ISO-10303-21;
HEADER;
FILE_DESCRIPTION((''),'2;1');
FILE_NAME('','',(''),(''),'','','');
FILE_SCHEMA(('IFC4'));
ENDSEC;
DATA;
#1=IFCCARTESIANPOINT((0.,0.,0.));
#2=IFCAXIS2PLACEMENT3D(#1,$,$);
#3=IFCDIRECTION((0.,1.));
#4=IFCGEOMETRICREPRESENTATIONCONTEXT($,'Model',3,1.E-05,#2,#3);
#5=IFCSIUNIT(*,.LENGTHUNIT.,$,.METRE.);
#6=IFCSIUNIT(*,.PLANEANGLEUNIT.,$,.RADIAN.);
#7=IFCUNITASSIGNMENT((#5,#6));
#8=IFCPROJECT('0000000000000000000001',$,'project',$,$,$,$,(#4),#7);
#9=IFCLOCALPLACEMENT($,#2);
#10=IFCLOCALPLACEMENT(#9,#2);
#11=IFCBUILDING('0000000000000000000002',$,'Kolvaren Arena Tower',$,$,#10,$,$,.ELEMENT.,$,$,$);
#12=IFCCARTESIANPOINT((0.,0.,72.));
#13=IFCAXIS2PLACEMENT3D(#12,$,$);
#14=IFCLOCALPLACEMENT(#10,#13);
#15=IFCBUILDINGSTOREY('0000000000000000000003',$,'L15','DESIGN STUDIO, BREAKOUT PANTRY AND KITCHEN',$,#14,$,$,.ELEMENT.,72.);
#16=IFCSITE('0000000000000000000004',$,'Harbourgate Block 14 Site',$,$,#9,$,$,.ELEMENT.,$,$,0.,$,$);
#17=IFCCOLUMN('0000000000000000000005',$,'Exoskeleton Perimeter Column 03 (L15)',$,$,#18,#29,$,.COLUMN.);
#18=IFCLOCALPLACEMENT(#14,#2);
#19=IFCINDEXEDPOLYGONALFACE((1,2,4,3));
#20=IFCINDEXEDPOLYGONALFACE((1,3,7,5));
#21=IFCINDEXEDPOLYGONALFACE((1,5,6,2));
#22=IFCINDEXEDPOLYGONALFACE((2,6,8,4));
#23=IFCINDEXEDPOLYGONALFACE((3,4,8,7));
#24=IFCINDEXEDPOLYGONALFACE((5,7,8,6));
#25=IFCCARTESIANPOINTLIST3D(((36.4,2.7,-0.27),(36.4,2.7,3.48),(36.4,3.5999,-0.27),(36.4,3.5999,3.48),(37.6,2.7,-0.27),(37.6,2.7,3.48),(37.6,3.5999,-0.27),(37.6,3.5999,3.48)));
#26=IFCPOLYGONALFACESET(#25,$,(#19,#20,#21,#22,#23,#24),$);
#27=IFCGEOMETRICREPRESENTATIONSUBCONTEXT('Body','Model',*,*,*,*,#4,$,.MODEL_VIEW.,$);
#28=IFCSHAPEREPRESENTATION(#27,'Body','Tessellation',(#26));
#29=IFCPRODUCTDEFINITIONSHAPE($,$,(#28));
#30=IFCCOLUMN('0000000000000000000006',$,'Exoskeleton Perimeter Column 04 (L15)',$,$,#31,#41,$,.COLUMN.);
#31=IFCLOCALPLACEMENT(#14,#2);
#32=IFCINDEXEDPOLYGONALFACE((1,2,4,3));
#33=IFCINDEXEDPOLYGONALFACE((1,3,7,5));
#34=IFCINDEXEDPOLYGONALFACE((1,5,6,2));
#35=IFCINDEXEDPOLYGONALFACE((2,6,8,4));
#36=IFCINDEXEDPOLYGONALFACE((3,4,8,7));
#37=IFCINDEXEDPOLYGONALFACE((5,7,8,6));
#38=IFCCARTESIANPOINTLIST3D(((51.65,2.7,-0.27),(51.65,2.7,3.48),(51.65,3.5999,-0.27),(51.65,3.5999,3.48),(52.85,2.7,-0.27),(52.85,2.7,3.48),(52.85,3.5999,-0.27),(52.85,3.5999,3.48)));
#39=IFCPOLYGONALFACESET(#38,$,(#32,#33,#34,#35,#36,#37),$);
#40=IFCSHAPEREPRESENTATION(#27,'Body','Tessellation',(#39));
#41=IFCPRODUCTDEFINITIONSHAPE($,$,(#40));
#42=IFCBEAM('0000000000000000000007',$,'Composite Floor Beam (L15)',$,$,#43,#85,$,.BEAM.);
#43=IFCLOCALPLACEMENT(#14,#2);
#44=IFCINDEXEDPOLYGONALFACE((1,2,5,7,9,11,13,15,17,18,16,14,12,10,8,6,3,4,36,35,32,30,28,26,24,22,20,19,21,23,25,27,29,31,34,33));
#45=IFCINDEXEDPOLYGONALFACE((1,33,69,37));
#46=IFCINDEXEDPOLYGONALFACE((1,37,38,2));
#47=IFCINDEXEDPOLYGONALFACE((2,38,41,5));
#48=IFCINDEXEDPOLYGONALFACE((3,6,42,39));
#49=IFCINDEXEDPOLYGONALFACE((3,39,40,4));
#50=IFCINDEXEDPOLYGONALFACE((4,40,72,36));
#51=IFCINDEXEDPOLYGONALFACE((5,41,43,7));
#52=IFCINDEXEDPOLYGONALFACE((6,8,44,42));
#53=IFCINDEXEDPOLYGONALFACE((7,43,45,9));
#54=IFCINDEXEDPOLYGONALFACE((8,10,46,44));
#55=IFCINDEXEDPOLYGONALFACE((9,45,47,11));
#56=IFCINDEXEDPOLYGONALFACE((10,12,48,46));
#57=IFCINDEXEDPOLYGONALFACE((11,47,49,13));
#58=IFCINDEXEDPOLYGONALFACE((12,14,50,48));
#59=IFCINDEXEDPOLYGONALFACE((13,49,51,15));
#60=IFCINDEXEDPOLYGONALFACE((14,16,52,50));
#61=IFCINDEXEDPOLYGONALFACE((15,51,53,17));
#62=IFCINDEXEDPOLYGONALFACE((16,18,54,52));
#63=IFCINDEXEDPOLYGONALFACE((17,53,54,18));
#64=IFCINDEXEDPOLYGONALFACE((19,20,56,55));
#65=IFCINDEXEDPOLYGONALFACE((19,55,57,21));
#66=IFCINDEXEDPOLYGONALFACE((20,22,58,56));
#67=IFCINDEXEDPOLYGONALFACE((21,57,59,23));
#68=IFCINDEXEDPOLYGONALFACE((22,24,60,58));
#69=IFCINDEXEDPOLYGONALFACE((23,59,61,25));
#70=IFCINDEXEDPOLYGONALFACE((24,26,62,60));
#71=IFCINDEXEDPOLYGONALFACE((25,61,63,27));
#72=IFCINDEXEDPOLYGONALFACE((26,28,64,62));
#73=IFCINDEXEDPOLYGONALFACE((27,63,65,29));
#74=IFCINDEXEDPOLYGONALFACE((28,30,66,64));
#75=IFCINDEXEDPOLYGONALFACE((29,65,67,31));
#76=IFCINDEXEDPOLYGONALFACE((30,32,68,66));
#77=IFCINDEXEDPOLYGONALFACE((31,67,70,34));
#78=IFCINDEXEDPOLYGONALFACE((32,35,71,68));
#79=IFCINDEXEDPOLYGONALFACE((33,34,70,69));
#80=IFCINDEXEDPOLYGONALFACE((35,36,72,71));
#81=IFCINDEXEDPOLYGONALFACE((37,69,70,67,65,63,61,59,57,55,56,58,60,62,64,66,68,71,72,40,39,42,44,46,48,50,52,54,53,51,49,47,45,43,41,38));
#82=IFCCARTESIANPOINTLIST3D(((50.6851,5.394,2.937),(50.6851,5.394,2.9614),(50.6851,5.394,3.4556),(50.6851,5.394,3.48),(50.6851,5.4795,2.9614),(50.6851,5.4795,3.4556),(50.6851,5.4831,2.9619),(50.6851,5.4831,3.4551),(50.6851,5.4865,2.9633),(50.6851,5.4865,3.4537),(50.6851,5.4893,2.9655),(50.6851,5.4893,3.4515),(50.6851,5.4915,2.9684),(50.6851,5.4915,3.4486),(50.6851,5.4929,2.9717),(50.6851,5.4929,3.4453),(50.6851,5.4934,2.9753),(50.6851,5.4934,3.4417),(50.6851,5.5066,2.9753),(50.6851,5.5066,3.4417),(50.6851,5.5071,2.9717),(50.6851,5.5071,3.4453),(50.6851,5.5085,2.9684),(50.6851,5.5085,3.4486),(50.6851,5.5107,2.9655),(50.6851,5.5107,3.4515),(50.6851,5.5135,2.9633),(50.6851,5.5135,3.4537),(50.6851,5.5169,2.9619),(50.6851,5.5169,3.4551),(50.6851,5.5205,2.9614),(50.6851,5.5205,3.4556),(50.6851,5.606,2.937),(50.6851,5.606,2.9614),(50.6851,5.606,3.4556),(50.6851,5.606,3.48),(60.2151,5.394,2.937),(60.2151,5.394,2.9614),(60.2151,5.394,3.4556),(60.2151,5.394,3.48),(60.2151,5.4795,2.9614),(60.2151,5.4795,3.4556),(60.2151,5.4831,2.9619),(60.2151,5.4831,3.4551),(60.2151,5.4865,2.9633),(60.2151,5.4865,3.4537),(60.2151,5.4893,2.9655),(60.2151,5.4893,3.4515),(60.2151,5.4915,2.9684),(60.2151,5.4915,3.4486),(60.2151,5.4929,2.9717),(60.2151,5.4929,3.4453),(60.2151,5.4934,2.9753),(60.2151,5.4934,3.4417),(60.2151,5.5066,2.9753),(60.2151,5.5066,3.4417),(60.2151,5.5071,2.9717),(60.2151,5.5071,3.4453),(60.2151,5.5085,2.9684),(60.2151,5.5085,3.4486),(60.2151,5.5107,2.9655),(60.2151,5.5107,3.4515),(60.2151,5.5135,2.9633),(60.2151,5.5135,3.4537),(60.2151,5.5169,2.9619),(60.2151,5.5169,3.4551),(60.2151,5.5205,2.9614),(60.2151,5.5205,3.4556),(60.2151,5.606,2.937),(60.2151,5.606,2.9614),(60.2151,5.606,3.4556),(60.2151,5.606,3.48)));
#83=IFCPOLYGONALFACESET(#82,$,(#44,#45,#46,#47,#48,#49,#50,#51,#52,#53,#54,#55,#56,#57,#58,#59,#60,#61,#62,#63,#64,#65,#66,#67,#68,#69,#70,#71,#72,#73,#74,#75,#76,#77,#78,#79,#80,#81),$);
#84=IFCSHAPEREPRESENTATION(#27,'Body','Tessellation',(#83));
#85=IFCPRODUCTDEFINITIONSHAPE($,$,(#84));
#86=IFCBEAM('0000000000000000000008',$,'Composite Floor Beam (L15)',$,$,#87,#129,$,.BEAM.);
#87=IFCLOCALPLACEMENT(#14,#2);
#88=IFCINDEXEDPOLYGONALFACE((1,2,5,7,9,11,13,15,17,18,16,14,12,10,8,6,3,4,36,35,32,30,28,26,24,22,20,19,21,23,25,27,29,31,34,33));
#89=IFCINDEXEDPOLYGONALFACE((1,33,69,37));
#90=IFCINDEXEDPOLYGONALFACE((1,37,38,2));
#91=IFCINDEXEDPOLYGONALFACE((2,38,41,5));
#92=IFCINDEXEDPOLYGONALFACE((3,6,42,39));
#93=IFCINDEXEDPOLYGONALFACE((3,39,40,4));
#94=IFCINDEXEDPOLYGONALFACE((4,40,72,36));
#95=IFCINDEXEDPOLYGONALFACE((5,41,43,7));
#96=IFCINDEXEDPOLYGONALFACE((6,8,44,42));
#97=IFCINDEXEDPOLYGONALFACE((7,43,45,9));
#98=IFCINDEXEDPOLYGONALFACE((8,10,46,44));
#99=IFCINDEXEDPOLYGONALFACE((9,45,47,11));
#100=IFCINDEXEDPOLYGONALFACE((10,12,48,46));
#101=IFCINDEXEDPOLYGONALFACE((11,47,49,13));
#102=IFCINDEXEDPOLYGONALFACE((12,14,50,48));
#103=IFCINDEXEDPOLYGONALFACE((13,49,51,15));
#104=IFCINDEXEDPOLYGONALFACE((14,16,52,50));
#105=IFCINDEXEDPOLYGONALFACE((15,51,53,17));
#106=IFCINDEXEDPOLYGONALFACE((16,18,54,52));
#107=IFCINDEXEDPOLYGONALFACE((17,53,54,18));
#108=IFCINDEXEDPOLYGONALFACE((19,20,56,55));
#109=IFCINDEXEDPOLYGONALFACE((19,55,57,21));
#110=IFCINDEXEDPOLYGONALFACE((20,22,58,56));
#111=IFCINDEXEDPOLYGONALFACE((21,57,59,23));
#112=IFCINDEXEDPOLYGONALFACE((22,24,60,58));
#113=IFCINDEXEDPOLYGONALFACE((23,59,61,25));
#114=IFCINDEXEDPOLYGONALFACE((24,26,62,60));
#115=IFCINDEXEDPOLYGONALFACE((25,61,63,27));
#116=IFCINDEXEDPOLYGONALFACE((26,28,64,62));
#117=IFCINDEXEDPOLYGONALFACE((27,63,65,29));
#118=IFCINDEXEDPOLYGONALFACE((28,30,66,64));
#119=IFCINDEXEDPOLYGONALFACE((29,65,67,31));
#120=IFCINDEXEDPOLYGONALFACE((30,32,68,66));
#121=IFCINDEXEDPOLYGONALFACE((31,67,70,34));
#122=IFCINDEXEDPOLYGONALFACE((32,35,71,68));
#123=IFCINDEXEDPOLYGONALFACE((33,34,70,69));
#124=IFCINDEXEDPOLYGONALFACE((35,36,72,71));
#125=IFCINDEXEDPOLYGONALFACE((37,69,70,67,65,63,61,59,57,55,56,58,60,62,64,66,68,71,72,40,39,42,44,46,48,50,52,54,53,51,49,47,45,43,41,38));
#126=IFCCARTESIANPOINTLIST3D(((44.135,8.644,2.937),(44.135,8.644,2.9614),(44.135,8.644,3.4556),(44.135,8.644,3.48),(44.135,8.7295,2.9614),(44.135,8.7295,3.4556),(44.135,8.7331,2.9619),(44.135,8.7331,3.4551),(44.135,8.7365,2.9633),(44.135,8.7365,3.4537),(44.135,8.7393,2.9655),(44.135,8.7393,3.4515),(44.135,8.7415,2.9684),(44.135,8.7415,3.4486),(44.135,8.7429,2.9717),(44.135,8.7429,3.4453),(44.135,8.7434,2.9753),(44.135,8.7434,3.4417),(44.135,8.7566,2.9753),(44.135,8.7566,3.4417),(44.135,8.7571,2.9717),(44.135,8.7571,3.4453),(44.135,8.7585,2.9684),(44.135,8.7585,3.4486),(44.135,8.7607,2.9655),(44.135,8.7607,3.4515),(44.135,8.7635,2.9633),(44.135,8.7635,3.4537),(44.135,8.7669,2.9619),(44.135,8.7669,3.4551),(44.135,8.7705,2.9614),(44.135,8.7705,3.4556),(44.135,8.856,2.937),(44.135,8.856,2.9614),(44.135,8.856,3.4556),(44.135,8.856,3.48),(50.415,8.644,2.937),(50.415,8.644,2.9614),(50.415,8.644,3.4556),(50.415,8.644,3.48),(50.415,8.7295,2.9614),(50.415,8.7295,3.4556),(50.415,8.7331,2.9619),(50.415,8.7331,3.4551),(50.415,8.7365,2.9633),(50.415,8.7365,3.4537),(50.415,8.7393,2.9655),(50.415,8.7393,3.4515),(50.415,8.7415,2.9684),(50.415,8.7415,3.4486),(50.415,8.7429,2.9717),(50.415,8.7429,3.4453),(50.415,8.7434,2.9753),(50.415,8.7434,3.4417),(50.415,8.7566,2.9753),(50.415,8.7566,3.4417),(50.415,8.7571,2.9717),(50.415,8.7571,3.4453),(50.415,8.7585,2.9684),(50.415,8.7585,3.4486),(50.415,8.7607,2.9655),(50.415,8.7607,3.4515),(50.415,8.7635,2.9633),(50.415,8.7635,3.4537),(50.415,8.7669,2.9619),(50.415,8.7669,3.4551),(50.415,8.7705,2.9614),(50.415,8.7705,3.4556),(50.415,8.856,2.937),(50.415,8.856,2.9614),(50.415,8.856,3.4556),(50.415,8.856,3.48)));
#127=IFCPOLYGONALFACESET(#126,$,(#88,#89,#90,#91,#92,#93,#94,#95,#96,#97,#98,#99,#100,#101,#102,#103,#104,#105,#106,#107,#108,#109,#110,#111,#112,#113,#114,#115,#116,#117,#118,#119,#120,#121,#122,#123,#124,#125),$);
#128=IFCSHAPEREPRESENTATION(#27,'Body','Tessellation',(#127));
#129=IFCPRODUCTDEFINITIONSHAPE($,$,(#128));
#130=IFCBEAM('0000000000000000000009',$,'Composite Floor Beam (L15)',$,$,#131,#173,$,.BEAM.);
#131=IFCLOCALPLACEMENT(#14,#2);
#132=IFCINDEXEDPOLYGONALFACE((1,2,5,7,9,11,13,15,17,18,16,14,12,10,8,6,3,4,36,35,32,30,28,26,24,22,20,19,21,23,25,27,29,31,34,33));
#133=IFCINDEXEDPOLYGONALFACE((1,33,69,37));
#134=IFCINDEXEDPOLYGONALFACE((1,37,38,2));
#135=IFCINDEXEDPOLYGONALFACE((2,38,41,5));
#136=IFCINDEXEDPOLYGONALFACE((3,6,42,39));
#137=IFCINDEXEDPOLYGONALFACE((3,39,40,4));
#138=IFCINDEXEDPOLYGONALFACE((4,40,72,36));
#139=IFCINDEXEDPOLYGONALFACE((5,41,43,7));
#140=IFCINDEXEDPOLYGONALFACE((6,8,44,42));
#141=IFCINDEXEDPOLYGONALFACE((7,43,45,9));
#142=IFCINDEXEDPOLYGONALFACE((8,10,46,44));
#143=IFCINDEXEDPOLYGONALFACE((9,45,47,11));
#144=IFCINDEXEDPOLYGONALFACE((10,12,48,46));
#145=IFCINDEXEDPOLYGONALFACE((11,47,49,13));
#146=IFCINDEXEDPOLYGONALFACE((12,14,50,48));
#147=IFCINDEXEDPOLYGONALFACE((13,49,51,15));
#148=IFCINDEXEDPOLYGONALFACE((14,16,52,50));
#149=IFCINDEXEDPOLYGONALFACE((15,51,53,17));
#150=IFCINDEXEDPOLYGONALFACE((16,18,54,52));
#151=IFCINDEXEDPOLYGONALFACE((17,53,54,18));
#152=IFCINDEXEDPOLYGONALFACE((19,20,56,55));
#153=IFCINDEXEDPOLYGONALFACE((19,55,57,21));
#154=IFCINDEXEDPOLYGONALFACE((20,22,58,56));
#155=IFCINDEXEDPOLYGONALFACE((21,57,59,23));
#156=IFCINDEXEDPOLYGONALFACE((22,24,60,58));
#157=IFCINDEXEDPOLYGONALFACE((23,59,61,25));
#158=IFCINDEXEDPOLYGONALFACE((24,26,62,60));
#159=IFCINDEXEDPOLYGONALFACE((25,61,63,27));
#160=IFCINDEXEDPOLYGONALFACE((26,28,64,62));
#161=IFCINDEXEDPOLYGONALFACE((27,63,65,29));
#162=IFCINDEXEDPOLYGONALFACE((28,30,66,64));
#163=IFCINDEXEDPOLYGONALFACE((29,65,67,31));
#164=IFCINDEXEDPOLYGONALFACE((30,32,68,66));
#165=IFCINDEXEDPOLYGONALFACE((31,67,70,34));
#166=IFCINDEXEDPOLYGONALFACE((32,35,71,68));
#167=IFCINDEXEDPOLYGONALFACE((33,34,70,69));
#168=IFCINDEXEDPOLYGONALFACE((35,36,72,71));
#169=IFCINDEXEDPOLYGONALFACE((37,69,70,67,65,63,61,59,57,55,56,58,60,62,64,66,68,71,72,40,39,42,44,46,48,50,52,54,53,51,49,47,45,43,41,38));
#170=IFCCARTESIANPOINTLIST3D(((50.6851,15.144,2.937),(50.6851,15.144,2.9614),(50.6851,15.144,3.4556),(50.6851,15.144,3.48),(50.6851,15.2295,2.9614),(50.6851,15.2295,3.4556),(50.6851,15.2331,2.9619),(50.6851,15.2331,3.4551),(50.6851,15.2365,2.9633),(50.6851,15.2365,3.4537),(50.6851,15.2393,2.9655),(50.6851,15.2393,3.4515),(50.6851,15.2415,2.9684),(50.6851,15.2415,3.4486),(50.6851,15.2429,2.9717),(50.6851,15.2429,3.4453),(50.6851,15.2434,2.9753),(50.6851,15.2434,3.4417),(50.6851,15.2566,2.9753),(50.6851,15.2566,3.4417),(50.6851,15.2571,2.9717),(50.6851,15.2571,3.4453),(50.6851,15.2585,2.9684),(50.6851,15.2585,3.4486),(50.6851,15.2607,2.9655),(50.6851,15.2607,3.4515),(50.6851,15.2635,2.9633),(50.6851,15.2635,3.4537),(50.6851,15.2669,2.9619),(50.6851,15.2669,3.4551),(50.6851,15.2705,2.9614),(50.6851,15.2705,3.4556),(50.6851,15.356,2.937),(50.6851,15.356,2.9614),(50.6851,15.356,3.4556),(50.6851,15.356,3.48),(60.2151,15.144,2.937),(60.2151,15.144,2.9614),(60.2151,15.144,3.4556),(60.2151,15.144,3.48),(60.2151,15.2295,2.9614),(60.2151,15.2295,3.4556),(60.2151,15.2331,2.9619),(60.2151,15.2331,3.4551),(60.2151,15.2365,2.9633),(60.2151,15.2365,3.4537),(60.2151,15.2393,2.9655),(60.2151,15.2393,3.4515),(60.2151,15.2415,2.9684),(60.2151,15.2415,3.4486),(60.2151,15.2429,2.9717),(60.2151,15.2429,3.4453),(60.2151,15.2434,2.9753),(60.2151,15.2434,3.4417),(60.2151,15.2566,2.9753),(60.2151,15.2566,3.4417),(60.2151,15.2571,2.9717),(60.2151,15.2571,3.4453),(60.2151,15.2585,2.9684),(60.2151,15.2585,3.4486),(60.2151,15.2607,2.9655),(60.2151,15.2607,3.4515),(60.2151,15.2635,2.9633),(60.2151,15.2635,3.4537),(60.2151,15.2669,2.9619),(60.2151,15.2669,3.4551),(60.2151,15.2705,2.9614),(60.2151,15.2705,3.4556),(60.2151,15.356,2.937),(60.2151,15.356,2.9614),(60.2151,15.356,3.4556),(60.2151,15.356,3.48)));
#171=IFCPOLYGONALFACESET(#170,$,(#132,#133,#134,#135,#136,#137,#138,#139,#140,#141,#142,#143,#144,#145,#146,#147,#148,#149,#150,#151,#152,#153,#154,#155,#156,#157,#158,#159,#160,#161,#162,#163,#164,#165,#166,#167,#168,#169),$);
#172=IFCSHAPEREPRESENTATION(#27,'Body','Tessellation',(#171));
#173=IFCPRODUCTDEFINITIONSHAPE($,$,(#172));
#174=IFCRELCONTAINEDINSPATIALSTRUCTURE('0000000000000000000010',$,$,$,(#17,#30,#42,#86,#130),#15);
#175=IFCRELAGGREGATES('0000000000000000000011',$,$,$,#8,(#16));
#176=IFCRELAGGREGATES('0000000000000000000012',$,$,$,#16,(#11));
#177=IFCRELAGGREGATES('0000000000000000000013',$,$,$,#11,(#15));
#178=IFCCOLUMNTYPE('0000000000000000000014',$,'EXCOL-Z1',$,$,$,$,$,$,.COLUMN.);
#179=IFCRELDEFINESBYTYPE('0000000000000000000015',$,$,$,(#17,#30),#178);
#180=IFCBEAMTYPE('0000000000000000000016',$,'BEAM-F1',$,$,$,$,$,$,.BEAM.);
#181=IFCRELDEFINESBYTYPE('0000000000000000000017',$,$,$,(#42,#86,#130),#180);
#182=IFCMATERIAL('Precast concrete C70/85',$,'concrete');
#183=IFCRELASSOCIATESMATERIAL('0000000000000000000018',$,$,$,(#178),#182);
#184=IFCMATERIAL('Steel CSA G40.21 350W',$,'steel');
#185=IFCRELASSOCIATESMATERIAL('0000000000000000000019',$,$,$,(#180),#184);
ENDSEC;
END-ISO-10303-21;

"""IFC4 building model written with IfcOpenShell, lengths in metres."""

from ifc_helpers import new_model, si_unit, direction, frame, origin, origin_2d, place, context, subcontext, project, spatial, rectangle, i_section, extrude, material, material_profile, profile_set, type_object, element, save


model = new_model("IFC4")

# Units and contexts
model_context = context("Model", 3, precision=1e-05, world=origin(), true_north=direction((0.0, 1.0)))
body_context = subcontext(model_context, "Body", "Model", "MODEL_VIEW")
ifc_project = project(units=[si_unit("LENGTHUNIT", "METRE"), si_unit("PLANEANGLEUNIT", "RADIAN")], contexts=[model_context])

# Site, building, storey
site_placement = place(None, origin())
site = spatial("IfcSite", under=ifc_project, at=site_placement, Name="Harbourgate Block 14 Site", CompositionType="ELEMENT", RefElevation=0.0)
building_placement = place(site_placement, origin())
building = spatial("IfcBuilding", under=site, at=building_placement, Name="Kolvaren Arena Tower", CompositionType="ELEMENT")
storey_placement = place(building_placement, frame((0.0, 0.0, 72.0)))
storey = spatial("IfcBuildingStorey", under=building, at=storey_placement, Name="L15", Description="DESIGN STUDIO, BREAKOUT PANTRY AND KITCHEN", CompositionType="ELEMENT", Elevation=72.0)

# Columns
ifc_material_1 = material(Name="Precast concrete C70/85", Category="concrete")
ifc_material_profile_1 = material_profile(ifc_material_1, rectangle(XDim=1.2, YDim=0.8999, at=origin_2d()), Name="RC-1200x900")
ifc_profile_set_1 = profile_set([ifc_material_profile_1], Name="Precast concrete C70/85")
column_type = type_object("IfcColumnType", Name="EXCOL-Z1", PredefinedType="COLUMN", material=ifc_profile_set_1)
for number, where, z_axis, x_axis, name in (
    (1, (37.0, 3.1499, -0.27), (0.0, 0.0, 1.0), (1.0, 0.0, 0.0), "Exoskeleton Perimeter Column 03 (L15)"),
    (2, (52.25, 3.1499, -0.27), (0.0, 0.0, 1.0), (1.0, 0.0, 0.0), "Exoskeleton Perimeter Column 04 (L15)"),
):
    element("IfcColumn", number, at=place(storey_placement, frame(where, z_axis=z_axis, x_axis=x_axis)), inside=storey, type_object=column_type, Name=name, PredefinedType="COLUMN", context=body_context, shape_type="SweptSolid", body=[
        extrude(rectangle(XDim=1.2, YDim=0.8999, at=origin_2d()), origin(), (0.0, 0.0, 1.0), 3.75),
    ])

# Beams
ifc_material_2 = material(Name="Steel CSA G40.21 350W", Category="steel")
ifc_material_profile_2 = material_profile(ifc_material_2, i_section(OverallWidth=0.2119, OverallDepth=0.543, WebThickness=0.0132, FlangeThickness=0.0244, FilletRadius=0.0139, at=origin_2d()), Name="W530x150")
ifc_profile_set_2 = profile_set([ifc_material_profile_2], Name="Steel CSA G40.21 350W")
beam_type_1 = type_object("IfcBeamType", Name="BEAM-F1", PredefinedType="BEAM", material=ifc_profile_set_2)
beam_1_placement = place(storey_placement, frame((50.6851, 5.5, 3.2085), z_axis=(1.0, 0.0, 0.0), x_axis=(0.0, 1.0, 0.0)))
element("IfcBeam", 3, at=beam_1_placement, inside=storey, type_object=beam_type_1, Name="Composite Floor Beam (L15)", PredefinedType="BEAM", context=body_context, shape_type="SweptSolid", body=[
    extrude(i_section(OverallWidth=0.2119, OverallDepth=0.543, WebThickness=0.0132, FlangeThickness=0.0244, FilletRadius=0.0139, at=origin_2d()), origin(), (0.0, 0.0, 1.0), 9.53),
])
beam_2_placement = place(storey_placement, frame((44.135, 8.75, 3.2085), z_axis=(1.0, 0.0, 0.0), x_axis=(0.0, 1.0, 0.0)))
element("IfcBeam", 4, at=beam_2_placement, inside=storey, type_object=beam_type_1, Name="Composite Floor Beam (L15)", PredefinedType="BEAM", context=body_context, shape_type="SweptSolid", body=[
    extrude(i_section(OverallWidth=0.2119, OverallDepth=0.543, WebThickness=0.0132, FlangeThickness=0.0244, FilletRadius=0.0139, at=origin_2d()), origin(), (0.0, 0.0, 1.0), 6.28),
])
beam_3_placement = place(storey_placement, frame((50.6851, 15.25, 3.2085), z_axis=(1.0, 0.0, 0.0), x_axis=(0.0, 1.0, 0.0)))
element("IfcBeam", 5, at=beam_3_placement, inside=storey, type_object=beam_type_1, Name="Composite Floor Beam (L15)", PredefinedType="BEAM", context=body_context, shape_type="SweptSolid", body=[
    extrude(i_section(OverallWidth=0.2119, OverallDepth=0.543, WebThickness=0.0132, FlangeThickness=0.0244, FilletRadius=0.0139, at=origin_2d()), origin(), (0.0, 0.0, 1.0), 9.53),
])

save(model, "model.ifc")
